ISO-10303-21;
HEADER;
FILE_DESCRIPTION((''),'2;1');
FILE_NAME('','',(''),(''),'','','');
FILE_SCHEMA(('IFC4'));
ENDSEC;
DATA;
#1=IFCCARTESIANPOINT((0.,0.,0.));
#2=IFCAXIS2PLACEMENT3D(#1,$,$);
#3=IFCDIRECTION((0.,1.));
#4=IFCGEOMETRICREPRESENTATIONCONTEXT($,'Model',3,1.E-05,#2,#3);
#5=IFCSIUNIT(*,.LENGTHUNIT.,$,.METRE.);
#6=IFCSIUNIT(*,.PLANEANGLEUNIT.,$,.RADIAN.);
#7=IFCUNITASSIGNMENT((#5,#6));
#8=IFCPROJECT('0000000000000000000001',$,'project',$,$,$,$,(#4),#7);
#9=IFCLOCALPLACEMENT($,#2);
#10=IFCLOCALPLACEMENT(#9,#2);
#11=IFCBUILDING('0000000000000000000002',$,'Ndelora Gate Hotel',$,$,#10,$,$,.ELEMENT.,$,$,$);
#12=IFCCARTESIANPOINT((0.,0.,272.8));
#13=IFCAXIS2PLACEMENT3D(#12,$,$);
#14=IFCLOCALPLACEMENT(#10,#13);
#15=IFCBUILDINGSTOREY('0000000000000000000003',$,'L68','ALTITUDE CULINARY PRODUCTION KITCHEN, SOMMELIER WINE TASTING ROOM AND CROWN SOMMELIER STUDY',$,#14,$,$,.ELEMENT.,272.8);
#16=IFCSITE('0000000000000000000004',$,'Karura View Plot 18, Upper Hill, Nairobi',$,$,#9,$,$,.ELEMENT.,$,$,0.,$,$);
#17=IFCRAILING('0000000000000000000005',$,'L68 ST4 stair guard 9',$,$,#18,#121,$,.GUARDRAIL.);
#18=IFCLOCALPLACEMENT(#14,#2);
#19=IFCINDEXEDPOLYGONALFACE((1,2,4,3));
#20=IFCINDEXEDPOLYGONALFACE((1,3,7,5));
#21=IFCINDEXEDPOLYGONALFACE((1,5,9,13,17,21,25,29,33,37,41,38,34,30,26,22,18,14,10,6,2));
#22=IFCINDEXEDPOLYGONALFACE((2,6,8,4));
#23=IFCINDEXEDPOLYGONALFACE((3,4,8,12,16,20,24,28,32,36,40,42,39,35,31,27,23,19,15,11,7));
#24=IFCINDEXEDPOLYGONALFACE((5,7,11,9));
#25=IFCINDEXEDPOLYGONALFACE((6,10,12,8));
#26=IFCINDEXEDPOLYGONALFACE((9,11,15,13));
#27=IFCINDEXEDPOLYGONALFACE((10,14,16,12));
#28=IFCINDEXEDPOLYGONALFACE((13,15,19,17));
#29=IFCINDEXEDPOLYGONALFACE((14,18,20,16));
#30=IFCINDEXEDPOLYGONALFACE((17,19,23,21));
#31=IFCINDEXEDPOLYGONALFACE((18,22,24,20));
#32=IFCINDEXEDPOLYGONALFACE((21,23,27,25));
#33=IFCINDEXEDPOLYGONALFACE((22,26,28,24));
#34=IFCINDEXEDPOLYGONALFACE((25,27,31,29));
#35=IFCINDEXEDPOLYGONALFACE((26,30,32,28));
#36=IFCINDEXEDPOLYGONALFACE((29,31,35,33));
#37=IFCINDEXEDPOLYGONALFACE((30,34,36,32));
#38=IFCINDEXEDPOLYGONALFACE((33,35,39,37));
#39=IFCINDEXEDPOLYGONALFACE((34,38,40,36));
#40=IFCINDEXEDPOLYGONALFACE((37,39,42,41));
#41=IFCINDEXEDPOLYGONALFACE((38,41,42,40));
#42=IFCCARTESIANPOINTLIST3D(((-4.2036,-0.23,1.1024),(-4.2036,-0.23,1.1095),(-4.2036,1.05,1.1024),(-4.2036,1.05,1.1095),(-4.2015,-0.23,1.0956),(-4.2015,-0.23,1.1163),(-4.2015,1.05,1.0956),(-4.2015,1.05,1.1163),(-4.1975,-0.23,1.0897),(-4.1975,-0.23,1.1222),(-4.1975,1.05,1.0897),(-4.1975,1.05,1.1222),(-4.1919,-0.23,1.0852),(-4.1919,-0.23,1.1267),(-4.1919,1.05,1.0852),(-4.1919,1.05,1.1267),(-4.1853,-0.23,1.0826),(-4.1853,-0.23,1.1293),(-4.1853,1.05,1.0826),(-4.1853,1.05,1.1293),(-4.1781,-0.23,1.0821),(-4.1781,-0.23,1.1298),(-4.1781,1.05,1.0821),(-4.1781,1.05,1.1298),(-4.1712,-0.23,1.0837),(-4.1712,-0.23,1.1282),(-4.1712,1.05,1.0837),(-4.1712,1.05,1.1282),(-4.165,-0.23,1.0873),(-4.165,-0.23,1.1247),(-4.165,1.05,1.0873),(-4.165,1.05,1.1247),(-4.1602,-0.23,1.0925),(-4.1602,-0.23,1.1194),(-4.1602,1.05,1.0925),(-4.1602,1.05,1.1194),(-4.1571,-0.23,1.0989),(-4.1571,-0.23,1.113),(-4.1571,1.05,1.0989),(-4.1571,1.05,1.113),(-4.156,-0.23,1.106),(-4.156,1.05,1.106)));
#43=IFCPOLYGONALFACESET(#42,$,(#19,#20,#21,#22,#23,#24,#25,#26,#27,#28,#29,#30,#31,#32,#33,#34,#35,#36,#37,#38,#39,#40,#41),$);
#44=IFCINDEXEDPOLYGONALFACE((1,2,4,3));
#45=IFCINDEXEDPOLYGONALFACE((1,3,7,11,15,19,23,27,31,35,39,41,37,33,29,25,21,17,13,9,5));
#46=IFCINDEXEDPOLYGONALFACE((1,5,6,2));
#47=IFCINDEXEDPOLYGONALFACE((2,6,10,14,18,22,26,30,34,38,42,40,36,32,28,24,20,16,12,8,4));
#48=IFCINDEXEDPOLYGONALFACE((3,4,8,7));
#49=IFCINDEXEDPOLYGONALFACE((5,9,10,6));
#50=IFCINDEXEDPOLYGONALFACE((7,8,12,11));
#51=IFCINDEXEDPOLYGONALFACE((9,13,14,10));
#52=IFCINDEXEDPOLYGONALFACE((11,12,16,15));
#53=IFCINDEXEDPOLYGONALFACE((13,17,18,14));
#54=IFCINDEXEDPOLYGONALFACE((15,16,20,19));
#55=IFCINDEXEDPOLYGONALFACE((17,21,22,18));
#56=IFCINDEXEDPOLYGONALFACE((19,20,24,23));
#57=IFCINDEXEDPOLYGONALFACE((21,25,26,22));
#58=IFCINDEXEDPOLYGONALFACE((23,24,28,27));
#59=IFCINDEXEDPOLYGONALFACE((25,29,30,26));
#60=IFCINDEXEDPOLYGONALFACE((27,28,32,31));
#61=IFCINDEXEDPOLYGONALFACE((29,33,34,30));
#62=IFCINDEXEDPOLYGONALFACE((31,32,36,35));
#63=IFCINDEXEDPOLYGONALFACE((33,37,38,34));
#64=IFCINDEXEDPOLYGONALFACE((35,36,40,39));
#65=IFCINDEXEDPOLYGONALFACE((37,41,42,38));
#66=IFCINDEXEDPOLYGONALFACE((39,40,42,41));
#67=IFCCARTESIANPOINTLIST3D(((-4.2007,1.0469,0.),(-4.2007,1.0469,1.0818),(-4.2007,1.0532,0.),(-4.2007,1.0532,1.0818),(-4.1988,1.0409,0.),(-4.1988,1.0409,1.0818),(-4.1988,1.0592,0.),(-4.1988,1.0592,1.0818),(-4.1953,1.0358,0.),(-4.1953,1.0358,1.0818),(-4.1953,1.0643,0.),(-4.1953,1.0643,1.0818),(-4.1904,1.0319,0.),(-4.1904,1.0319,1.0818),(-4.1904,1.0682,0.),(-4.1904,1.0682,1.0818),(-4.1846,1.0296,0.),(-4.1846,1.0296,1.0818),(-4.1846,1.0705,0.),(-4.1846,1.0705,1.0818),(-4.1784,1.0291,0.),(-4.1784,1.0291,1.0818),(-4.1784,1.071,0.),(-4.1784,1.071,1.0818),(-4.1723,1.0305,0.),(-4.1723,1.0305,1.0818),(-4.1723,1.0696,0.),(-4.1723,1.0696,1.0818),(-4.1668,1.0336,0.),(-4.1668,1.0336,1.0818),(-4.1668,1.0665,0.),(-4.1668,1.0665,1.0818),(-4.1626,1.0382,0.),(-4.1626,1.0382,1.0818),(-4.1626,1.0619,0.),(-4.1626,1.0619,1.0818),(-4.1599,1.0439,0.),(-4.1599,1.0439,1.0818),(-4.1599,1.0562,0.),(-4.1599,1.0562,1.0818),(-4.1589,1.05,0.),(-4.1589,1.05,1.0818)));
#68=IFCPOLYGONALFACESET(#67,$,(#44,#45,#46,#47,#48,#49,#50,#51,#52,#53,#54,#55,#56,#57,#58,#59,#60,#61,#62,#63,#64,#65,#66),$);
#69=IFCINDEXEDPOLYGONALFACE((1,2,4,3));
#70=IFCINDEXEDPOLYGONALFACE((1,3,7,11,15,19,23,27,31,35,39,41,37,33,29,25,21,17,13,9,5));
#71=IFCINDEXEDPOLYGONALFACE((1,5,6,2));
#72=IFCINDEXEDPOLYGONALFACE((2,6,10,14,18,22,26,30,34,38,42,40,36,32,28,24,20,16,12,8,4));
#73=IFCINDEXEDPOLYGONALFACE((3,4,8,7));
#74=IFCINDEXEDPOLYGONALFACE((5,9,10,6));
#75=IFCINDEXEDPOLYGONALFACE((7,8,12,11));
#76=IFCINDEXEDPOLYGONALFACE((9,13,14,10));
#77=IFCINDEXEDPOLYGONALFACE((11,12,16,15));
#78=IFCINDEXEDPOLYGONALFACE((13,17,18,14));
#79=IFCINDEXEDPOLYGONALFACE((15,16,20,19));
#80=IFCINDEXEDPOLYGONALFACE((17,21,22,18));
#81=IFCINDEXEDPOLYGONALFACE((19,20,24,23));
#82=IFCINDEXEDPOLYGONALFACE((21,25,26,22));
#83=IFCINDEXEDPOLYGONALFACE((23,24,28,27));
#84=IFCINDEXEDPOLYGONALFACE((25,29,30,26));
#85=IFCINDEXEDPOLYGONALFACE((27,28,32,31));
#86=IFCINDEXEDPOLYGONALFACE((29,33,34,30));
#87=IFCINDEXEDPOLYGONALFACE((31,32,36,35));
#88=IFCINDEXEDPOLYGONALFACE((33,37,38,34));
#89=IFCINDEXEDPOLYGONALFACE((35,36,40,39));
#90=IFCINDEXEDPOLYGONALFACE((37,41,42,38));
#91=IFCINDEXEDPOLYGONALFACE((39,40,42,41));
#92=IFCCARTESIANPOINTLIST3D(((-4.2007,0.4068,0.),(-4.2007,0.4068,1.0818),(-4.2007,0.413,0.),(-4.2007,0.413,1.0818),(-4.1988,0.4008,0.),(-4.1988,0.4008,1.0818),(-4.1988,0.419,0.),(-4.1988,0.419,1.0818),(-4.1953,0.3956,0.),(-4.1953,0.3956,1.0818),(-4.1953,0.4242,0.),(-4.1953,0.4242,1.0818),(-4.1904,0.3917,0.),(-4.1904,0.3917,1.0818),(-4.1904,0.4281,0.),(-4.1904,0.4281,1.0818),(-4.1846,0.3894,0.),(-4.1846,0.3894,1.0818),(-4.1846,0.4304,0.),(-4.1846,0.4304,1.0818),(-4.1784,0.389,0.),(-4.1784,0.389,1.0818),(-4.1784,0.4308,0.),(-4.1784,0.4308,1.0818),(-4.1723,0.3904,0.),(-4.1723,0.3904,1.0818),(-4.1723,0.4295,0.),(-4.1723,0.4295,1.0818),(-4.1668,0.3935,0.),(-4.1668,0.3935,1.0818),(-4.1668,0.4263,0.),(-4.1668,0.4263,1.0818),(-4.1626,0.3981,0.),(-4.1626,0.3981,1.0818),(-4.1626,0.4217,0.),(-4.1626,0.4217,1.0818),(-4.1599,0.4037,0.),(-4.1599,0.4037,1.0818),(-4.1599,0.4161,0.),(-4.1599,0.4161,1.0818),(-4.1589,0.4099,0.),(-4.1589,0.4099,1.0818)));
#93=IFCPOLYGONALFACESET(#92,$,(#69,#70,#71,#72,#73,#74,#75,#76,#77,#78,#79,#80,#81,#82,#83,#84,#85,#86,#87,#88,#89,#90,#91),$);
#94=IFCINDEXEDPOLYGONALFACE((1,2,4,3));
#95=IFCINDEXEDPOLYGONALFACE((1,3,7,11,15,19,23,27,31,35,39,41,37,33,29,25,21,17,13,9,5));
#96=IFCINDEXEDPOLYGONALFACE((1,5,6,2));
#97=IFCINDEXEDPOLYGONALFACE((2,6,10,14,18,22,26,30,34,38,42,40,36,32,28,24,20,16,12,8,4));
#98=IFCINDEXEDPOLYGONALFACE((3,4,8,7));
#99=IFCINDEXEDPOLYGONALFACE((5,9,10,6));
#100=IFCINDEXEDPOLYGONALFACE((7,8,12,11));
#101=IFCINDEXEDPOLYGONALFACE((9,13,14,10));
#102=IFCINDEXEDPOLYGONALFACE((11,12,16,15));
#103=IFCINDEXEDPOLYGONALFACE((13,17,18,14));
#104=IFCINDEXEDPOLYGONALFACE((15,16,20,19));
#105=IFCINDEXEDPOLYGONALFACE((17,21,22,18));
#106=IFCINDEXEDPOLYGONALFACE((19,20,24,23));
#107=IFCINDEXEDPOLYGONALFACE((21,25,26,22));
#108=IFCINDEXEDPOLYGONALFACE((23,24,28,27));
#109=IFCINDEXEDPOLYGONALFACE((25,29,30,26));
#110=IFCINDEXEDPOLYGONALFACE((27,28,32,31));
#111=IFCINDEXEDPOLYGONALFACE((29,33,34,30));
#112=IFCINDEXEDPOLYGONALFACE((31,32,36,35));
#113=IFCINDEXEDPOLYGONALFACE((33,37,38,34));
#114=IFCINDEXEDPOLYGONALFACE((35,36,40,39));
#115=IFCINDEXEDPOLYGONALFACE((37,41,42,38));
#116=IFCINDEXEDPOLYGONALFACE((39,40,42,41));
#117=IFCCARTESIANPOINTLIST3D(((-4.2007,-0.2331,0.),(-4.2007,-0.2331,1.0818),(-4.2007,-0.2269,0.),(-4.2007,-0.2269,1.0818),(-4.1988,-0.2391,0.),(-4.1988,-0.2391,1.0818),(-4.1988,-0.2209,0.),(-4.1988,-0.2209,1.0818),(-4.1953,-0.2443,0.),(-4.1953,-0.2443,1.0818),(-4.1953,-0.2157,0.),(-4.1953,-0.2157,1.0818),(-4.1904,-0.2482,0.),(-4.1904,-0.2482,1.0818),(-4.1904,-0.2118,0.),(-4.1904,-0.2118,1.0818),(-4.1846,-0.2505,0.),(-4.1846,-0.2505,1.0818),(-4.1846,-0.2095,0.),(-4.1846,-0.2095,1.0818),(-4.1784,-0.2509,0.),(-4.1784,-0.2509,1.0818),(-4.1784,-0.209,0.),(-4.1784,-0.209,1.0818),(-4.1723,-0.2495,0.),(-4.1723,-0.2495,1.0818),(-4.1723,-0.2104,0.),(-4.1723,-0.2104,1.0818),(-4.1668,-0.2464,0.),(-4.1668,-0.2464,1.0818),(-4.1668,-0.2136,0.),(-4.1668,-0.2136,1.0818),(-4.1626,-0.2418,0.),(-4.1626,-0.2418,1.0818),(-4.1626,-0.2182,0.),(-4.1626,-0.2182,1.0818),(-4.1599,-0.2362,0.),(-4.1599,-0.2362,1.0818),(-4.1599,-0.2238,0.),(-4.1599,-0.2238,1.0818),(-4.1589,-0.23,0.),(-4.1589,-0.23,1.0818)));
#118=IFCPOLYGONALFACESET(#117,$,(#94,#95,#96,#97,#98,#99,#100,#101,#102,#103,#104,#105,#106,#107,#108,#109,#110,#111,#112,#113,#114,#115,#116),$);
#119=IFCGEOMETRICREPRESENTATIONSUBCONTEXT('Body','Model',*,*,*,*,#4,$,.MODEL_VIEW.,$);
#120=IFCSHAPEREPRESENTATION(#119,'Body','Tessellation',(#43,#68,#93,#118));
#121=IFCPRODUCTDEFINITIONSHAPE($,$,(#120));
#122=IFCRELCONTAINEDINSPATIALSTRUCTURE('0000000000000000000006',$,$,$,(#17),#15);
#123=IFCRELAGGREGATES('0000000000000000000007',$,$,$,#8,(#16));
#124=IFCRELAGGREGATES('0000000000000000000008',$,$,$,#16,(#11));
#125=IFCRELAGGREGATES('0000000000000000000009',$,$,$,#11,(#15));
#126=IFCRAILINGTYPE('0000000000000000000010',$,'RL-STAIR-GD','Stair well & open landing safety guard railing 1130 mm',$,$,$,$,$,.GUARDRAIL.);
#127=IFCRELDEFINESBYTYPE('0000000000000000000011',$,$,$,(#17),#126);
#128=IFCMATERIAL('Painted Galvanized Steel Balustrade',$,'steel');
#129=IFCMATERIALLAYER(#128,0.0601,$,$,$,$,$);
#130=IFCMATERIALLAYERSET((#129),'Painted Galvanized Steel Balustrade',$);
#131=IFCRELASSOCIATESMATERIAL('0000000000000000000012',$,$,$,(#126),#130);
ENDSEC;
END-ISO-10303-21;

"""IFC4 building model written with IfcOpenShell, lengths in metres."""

from ifc_helpers import new_model, si_unit, direction, frame, origin, origin_2d, place, context, subcontext, project, spatial, circle, extrude, material, layer, layer_set, type_object, element, save


model = new_model("IFC4")

# Units and contexts
model_context = context("Model", 3, precision=1e-05, world=origin(), true_north=direction((0.0, 1.0)))
body_context = subcontext(model_context, "Body", "Model", "MODEL_VIEW")
ifc_project = project(units=[si_unit("LENGTHUNIT", "METRE"), si_unit("PLANEANGLEUNIT", "RADIAN")], contexts=[model_context])

# Site, building, storey
site_placement = place(None, origin())
site = spatial("IfcSite", under=ifc_project, at=site_placement, Name="Karura View Plot 18, Upper Hill, Nairobi", CompositionType="ELEMENT", RefElevation=0.0)
building_placement = place(site_placement, origin())
building = spatial("IfcBuilding", under=site, at=building_placement, Name="Ndelora Gate Hotel", CompositionType="ELEMENT")
storey_placement = place(building_placement, frame((0.0, 0.0, 272.8)))
storey = spatial("IfcBuildingStorey", under=building, at=storey_placement, Name="L68", Description="ALTITUDE CULINARY PRODUCTION KITCHEN, SOMMELIER WINE TASTING ROOM AND CROWN SOMMELIER STUDY", CompositionType="ELEMENT", Elevation=272.8)

# Railing
ifc_material_1 = material(Name="Painted Galvanized Steel Balustrade", Category="steel")
ifc_layer_1 = layer(ifc_material_1, 0.0601)
ifc_layer_set_1 = layer_set([ifc_layer_1], Name="Painted Galvanized Steel Balustrade")
railing_type_1 = type_object("IfcRailingType", Name="RL-STAIR-GD", Description="Stair well & open landing safety guard railing 1130 mm", PredefinedType="GUARDRAIL", material=ifc_layer_set_1)
for number, where, name in (
    (1, (-4.1799, 1.05, 0.0), "L68 ST4 stair guard 9"),
):
    element("IfcRailing", number, at=place(storey_placement, frame(where)), inside=storey, type_object=railing_type_1, Name=name, PredefinedType="GUARDRAIL", context=body_context, shape_type="SweptSolid", body=[
        extrude(circle(Radius=0.0239, at=origin_2d()), frame((0.0, 0.0, 1.106), z_axis=(0.0, -1.0, 0.0), x_axis=(1.0, 0.0, 0.0)), (0.0, 0.0, 1.0), 1.28),
        extrude(circle(Radius=0.021, at=origin_2d()), origin(), (0.0, 0.0, 1.0), 1.0818),
        extrude(circle(Radius=0.021, at=origin_2d()), frame((0.0, -0.6401, 0.0)), (0.0, 0.0, 1.0), 1.0818),
        extrude(circle(Radius=0.021, at=origin_2d()), frame((0.0, -1.28, 0.0)), (0.0, 0.0, 1.0), 1.0818),
    ])

save(model, "model.ifc")
